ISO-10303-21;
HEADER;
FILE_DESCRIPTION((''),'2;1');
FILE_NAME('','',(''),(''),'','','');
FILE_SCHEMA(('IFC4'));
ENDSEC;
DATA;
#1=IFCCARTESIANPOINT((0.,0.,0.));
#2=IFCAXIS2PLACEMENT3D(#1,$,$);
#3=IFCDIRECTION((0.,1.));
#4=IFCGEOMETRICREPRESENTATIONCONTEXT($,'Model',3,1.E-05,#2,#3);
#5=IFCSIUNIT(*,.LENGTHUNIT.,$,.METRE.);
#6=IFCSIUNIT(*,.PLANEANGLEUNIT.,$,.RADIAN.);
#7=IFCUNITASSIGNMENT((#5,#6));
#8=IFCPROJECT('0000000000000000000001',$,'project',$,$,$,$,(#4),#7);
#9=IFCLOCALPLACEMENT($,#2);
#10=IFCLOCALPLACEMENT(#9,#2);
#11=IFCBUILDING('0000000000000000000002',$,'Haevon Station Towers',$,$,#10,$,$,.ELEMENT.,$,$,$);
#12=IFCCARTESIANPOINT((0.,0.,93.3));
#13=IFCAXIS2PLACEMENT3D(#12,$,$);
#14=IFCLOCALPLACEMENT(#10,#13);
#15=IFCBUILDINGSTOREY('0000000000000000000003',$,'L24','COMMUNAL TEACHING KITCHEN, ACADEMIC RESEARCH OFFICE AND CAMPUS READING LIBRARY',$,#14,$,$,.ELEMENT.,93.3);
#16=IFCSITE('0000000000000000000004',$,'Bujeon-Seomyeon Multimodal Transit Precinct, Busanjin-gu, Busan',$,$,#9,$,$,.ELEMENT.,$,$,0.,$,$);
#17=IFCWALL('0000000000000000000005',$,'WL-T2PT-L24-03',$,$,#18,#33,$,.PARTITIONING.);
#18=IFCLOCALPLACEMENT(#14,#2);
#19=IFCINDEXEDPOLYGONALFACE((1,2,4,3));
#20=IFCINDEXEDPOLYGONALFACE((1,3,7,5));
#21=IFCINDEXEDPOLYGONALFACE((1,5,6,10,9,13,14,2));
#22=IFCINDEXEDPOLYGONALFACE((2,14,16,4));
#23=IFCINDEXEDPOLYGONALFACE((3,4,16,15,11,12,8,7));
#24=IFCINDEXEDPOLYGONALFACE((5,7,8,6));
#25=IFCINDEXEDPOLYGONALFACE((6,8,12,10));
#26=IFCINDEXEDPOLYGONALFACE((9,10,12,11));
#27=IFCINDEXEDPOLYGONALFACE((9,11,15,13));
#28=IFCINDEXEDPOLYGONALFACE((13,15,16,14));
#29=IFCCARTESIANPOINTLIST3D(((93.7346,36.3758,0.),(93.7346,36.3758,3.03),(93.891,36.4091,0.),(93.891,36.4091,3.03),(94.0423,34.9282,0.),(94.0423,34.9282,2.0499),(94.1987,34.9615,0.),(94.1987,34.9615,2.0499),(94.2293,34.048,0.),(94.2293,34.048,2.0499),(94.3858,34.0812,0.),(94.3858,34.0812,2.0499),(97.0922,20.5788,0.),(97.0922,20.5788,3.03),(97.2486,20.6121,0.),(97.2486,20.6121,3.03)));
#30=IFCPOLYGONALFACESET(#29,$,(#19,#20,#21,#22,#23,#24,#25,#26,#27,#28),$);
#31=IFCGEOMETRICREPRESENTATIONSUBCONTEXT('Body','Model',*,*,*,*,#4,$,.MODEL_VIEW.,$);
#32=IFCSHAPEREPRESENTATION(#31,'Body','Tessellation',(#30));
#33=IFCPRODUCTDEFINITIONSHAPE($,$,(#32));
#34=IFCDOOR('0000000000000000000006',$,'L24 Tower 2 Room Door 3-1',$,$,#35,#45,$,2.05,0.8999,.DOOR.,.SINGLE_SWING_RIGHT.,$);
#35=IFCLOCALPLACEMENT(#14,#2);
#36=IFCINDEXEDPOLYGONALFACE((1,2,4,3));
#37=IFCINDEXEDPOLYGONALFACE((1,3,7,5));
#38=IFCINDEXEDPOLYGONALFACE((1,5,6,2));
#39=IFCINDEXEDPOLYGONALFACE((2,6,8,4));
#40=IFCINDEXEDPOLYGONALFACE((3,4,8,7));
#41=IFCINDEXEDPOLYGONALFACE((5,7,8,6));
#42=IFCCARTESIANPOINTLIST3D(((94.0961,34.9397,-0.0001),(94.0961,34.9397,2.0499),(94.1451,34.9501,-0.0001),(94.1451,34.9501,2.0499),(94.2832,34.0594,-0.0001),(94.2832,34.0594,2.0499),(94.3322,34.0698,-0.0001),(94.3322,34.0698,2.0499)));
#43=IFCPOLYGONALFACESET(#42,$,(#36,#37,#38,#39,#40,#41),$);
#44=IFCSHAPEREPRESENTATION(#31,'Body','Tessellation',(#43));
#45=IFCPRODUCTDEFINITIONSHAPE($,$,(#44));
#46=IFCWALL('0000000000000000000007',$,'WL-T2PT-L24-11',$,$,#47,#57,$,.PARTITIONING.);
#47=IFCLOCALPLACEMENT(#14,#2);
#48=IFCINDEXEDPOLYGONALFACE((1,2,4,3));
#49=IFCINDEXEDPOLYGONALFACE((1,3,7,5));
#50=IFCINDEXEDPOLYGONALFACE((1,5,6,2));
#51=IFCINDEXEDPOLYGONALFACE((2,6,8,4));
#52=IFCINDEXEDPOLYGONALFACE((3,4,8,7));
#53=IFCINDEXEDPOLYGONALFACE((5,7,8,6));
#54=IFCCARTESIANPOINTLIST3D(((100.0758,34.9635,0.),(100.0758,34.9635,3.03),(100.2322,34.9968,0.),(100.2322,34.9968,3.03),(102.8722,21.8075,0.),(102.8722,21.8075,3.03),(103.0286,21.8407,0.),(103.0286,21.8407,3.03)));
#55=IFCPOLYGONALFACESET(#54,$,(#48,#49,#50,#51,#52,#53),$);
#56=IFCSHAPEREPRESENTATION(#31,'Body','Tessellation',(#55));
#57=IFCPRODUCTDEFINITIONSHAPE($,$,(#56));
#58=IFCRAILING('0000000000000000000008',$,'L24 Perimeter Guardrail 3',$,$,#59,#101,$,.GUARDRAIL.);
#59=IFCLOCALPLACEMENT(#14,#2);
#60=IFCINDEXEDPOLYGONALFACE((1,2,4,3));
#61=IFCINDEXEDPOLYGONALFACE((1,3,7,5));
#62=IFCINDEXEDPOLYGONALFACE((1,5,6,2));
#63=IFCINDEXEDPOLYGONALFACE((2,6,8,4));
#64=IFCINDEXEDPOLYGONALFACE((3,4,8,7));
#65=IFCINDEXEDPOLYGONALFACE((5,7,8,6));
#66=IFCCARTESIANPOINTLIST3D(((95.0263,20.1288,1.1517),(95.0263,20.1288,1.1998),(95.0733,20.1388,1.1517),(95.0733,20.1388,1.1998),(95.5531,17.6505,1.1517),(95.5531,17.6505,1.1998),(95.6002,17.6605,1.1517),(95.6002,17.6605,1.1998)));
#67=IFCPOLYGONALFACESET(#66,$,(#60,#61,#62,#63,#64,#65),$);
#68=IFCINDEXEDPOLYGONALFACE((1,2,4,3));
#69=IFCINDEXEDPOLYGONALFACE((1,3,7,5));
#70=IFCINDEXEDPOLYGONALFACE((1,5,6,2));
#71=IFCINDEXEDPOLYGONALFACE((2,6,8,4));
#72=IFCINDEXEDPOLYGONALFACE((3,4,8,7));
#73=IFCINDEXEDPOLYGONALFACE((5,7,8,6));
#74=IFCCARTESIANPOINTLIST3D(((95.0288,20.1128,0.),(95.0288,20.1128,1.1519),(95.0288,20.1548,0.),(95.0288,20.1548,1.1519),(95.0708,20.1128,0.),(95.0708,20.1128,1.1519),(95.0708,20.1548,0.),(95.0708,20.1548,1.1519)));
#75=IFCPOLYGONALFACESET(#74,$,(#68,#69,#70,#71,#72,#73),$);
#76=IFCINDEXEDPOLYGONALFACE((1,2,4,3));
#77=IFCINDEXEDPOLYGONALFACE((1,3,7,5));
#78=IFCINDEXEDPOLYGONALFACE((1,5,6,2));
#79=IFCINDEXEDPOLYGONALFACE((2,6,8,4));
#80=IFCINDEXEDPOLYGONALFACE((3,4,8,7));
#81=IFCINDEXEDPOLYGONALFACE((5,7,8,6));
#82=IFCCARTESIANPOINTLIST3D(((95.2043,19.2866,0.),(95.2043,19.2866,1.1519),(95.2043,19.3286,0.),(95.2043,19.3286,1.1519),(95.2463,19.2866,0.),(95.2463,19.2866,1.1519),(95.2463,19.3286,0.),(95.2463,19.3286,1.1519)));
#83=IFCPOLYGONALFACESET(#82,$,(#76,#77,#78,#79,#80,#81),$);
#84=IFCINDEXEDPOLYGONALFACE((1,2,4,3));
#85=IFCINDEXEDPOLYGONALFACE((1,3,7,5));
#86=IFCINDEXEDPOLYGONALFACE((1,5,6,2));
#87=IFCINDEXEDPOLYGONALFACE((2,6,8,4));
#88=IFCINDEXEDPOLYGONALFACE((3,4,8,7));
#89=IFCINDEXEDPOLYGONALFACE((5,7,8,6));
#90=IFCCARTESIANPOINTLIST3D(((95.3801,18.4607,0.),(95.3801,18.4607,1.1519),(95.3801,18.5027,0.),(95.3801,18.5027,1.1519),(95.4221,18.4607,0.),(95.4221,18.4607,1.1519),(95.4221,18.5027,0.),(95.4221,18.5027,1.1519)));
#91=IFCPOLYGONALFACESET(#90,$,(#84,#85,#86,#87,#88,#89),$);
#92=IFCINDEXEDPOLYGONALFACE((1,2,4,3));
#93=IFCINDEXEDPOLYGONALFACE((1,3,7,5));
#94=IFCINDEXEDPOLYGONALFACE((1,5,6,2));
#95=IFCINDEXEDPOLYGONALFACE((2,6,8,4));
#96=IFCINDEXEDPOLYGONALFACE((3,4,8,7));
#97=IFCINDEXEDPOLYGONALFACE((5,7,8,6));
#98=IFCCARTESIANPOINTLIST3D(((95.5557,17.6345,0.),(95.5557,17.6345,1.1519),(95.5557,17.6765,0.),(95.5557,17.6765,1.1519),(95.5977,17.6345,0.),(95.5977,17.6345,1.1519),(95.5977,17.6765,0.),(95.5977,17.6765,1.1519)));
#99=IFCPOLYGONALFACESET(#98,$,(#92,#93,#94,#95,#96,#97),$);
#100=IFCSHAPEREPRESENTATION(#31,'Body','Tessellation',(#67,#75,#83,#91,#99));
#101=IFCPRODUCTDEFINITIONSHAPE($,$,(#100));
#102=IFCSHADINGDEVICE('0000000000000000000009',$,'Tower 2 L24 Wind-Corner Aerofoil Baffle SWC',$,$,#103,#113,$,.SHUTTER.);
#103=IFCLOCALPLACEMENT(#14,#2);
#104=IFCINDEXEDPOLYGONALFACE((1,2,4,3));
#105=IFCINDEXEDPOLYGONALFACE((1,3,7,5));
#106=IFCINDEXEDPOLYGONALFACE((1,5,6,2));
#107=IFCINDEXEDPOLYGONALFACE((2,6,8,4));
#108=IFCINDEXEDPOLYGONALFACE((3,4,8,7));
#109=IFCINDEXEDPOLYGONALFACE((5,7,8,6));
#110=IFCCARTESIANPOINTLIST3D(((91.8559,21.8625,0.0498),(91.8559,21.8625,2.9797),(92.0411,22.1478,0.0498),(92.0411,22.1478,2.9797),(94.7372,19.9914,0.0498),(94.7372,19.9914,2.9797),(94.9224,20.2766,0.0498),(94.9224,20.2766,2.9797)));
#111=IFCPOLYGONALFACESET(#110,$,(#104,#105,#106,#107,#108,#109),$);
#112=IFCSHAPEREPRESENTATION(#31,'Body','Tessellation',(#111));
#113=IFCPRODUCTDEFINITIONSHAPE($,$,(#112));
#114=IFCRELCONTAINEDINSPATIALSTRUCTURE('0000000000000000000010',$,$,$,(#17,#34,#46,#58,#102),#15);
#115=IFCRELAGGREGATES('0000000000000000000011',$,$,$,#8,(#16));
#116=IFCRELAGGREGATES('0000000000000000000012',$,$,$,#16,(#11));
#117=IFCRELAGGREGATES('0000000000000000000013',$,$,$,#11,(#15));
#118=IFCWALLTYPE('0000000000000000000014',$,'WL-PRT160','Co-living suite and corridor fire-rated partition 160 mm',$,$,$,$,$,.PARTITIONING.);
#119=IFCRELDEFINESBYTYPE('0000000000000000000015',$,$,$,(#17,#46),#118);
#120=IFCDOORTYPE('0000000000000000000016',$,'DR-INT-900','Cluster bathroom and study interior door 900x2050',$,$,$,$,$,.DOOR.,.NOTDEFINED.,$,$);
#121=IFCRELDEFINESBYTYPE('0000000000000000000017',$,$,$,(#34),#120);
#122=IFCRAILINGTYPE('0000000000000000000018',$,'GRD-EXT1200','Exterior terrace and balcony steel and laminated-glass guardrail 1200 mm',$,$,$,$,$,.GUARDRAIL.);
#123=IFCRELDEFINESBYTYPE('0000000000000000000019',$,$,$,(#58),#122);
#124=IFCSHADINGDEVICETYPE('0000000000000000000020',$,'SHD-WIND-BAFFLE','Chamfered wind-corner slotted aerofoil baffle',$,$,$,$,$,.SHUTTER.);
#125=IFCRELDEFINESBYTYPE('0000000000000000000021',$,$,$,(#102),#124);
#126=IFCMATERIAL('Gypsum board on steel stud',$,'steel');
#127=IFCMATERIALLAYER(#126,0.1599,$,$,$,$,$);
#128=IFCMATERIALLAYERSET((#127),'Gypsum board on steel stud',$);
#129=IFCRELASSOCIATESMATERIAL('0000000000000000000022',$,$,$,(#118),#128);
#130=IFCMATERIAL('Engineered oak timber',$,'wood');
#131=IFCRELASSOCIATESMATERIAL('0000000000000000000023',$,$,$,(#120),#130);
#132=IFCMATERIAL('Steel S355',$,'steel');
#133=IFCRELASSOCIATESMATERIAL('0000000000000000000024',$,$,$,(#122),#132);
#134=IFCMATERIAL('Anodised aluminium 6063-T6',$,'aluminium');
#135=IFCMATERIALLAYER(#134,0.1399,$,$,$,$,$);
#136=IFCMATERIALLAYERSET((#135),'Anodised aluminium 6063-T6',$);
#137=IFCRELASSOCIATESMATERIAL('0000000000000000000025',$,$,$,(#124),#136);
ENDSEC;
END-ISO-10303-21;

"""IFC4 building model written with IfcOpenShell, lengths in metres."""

from ifc_helpers import new_model, si_unit, direction, frame, frame_2d, origin, origin_2d, place, context, subcontext, project, spatial, rectangle, extrude, material, layer, layer_set, type_object, element, fill, save


model = new_model("IFC4")

# Units and contexts
model_context = context("Model", 3, precision=1e-05, world=origin(), true_north=direction((0.0, 1.0)))
body_context = subcontext(model_context, "Body", "Model", "MODEL_VIEW")
ifc_project = project(units=[si_unit("LENGTHUNIT", "METRE"), si_unit("PLANEANGLEUNIT", "RADIAN")], contexts=[model_context])

# Site, building, storey
site_placement = place(None, origin())
site = spatial("IfcSite", under=ifc_project, at=site_placement, Name="Bujeon-Seomyeon Multimodal Transit Precinct, Busanjin-gu, Busan", CompositionType="ELEMENT", RefElevation=0.0)
building_placement = place(site_placement, origin())
building = spatial("IfcBuilding", under=site, at=building_placement, Name="Haevon Station Towers", CompositionType="ELEMENT")
storey_placement = place(building_placement, frame((0.0, 0.0, 93.3)))
storey = spatial("IfcBuildingStorey", under=building, at=storey_placement, Name="L24", Description="COMMUNAL TEACHING KITCHEN, ACADEMIC RESEARCH OFFICE AND CAMPUS READING LIBRARY", CompositionType="ELEMENT", Elevation=93.3)

# Shared definitions
ifc_material_1 = material(Name="Steel S355", Category="steel")

# Wall, opening, door
ifc_material_2 = material(Name="Gypsum board on steel stud", Category="steel")
ifc_layer_1 = layer(ifc_material_2, 0.1599)
ifc_layer_set_1 = layer_set([ifc_layer_1], Name="Gypsum board on steel stud")
wall_type_1 = type_object("IfcWallType", Name="WL-PRT160", Description="Co-living suite and corridor fire-rated partition 160 mm", PredefinedType="PARTITIONING", material=ifc_layer_set_1)
wall_1_placement = place(storey_placement, frame((97.1704, 20.5955, 0.0), z_axis=(0.0, 0.0, 1.0), x_axis=(-0.207905, 0.978149, 0.0)))
wall_1 = element("IfcWall", 1, at=wall_1_placement, inside=storey, type_object=wall_type_1, Name="WL-T2PT-L24-03", PredefinedType="PARTITIONING", context=body_context, shape_type="SweptSolid", body=[
    extrude(rectangle(XDim=16.1499, YDim=0.1599, at=frame_2d((8.075, 0.0))), origin(), (0.0, 0.0, 1.0), 3.03),
])
opening_placement = place(wall_1_placement, frame((13.77, 0.0, 0.0)))
opening = element("IfcOpeningElement", 2, at=opening_placement, cuts=wall_1, PredefinedType="OPENING", context=body_context, shape_type="SweptSolid", body=[
    extrude(rectangle(XDim=0.8999, YDim=2.05, at=frame_2d((0.45, 1.0249))), frame((0.0, 0.0898, 0.0), z_axis=(0.0, -1.0, 0.0), x_axis=(1.0, 0.0, 0.0)), (0.0, 0.0, 1.0), 0.1799),
])
ifc_material_3 = material(Name="Engineered oak timber", Category="wood")
door_type = type_object("IfcDoorType", Name="DR-INT-900", Description="Cluster bathroom and study interior door 900x2050", OperationType="NOTDEFINED", PredefinedType="DOOR", material=ifc_material_3)
door_placement = place(opening_placement, origin())
door = element("IfcDoor", 3, at=door_placement, inside=storey, type_object=door_type, Name="L24 Tower 2 Room Door 3-1", OperationType="SINGLE_SWING_RIGHT", OverallHeight=2.05, OverallWidth=0.8999, PredefinedType="DOOR", context=body_context, shape_type="SweptSolid", body=[
    extrude(rectangle(XDim=0.8999, YDim=2.05, at=frame_2d((0.45, 1.0249))), frame((0.0, 0.0249, 0.0), z_axis=(0.0, -1.0, 0.0), x_axis=(1.0, 0.0, 0.0)), (0.0, 0.0, 1.0), 0.05),
])
fill(opening, door)

# Wall
wall_2_placement = place(storey_placement, frame((102.9504, 21.824, 0.0), z_axis=(0.0, 0.0, 1.0), x_axis=(-0.207911, 0.978148, 0.0)))
element("IfcWall", 4, at=wall_2_placement, inside=storey, type_object=wall_type_1, Name="WL-T2PT-L24-11", PredefinedType="PARTITIONING", context=body_context, shape_type="SweptSolid", body=[
    extrude(rectangle(XDim=13.45, YDim=0.1599, at=frame_2d((6.7251, 0.0))), origin(), (0.0, 0.0, 1.0), 3.03),
])

# Railing
railing_type = type_object("IfcRailingType", Name="GRD-EXT1200", Description="Exterior terrace and balcony steel and laminated-glass guardrail 1200 mm", PredefinedType="GUARDRAIL", material=ifc_material_1)
railing_1_placement = place(storey_placement, frame((95.0498, 20.1338, 0.0)))
element("IfcRailing", 5, at=railing_1_placement, inside=storey, type_object=railing_type, Name="L24 Perimeter Guardrail 3", PredefinedType="GUARDRAIL", context=body_context, shape_type="SweptSolid", body=[
    extrude(rectangle(XDim=0.0481, YDim=0.0481, at=origin_2d()), frame((0.0, 0.0, 1.1758), z_axis=(0.207943, -0.978141, 0.0), x_axis=(0.978141, 0.207943, 0.0)), (0.0, 0.0, 1.0), 2.5337),
    extrude(rectangle(XDim=0.042, YDim=0.042, at=origin_2d()), origin(), (0.0, 0.0, 1.0), 1.1519),
    extrude(rectangle(XDim=0.042, YDim=0.042, at=origin_2d()), frame((0.1755, -0.8262, 0.0)), (0.0, 0.0, 1.0), 1.1519),
    extrude(rectangle(XDim=0.042, YDim=0.042, at=origin_2d()), frame((0.3513, -1.6521, 0.0)), (0.0, 0.0, 1.0), 1.1519),
    extrude(rectangle(XDim=0.042, YDim=0.042, at=origin_2d()), frame((0.5269, -2.4783, 0.0)), (0.0, 0.0, 1.0), 1.1519),
])

# Shading device
ifc_material_4 = material(Name="Anodised aluminium 6063-T6", Category="aluminium")
ifc_layer_2 = layer(ifc_material_4, 0.1399)
ifc_layer_set_2 = layer_set([ifc_layer_2], Name="Anodised aluminium 6063-T6")
shading_device_type = type_object("IfcShadingDeviceType", Name="SHD-WIND-BAFFLE", Description="Chamfered wind-corner slotted aerofoil baffle", PredefinedType="SHUTTER", material=ifc_layer_set_2)
shading_device_placement = place(storey_placement, frame((93.3892, 21.0696, 0.0498), z_axis=(0.0, 0.0, 1.0), x_axis=(-0.838671, 0.544639, 0.0)))
element("IfcShadingDevice", 6, at=shading_device_placement, inside=storey, type_object=shading_device_type, Name="Tower 2 L24 Wind-Corner Aerofoil Baffle SWC", PredefinedType="SHUTTER", context=body_context, shape_type="SweptSolid", body=[
    extrude(rectangle(XDim=3.4355, YDim=0.3401, at=origin_2d()), origin(), (0.0, 0.0, 1.0), 2.9299),
])

save(model, "model.ifc")
